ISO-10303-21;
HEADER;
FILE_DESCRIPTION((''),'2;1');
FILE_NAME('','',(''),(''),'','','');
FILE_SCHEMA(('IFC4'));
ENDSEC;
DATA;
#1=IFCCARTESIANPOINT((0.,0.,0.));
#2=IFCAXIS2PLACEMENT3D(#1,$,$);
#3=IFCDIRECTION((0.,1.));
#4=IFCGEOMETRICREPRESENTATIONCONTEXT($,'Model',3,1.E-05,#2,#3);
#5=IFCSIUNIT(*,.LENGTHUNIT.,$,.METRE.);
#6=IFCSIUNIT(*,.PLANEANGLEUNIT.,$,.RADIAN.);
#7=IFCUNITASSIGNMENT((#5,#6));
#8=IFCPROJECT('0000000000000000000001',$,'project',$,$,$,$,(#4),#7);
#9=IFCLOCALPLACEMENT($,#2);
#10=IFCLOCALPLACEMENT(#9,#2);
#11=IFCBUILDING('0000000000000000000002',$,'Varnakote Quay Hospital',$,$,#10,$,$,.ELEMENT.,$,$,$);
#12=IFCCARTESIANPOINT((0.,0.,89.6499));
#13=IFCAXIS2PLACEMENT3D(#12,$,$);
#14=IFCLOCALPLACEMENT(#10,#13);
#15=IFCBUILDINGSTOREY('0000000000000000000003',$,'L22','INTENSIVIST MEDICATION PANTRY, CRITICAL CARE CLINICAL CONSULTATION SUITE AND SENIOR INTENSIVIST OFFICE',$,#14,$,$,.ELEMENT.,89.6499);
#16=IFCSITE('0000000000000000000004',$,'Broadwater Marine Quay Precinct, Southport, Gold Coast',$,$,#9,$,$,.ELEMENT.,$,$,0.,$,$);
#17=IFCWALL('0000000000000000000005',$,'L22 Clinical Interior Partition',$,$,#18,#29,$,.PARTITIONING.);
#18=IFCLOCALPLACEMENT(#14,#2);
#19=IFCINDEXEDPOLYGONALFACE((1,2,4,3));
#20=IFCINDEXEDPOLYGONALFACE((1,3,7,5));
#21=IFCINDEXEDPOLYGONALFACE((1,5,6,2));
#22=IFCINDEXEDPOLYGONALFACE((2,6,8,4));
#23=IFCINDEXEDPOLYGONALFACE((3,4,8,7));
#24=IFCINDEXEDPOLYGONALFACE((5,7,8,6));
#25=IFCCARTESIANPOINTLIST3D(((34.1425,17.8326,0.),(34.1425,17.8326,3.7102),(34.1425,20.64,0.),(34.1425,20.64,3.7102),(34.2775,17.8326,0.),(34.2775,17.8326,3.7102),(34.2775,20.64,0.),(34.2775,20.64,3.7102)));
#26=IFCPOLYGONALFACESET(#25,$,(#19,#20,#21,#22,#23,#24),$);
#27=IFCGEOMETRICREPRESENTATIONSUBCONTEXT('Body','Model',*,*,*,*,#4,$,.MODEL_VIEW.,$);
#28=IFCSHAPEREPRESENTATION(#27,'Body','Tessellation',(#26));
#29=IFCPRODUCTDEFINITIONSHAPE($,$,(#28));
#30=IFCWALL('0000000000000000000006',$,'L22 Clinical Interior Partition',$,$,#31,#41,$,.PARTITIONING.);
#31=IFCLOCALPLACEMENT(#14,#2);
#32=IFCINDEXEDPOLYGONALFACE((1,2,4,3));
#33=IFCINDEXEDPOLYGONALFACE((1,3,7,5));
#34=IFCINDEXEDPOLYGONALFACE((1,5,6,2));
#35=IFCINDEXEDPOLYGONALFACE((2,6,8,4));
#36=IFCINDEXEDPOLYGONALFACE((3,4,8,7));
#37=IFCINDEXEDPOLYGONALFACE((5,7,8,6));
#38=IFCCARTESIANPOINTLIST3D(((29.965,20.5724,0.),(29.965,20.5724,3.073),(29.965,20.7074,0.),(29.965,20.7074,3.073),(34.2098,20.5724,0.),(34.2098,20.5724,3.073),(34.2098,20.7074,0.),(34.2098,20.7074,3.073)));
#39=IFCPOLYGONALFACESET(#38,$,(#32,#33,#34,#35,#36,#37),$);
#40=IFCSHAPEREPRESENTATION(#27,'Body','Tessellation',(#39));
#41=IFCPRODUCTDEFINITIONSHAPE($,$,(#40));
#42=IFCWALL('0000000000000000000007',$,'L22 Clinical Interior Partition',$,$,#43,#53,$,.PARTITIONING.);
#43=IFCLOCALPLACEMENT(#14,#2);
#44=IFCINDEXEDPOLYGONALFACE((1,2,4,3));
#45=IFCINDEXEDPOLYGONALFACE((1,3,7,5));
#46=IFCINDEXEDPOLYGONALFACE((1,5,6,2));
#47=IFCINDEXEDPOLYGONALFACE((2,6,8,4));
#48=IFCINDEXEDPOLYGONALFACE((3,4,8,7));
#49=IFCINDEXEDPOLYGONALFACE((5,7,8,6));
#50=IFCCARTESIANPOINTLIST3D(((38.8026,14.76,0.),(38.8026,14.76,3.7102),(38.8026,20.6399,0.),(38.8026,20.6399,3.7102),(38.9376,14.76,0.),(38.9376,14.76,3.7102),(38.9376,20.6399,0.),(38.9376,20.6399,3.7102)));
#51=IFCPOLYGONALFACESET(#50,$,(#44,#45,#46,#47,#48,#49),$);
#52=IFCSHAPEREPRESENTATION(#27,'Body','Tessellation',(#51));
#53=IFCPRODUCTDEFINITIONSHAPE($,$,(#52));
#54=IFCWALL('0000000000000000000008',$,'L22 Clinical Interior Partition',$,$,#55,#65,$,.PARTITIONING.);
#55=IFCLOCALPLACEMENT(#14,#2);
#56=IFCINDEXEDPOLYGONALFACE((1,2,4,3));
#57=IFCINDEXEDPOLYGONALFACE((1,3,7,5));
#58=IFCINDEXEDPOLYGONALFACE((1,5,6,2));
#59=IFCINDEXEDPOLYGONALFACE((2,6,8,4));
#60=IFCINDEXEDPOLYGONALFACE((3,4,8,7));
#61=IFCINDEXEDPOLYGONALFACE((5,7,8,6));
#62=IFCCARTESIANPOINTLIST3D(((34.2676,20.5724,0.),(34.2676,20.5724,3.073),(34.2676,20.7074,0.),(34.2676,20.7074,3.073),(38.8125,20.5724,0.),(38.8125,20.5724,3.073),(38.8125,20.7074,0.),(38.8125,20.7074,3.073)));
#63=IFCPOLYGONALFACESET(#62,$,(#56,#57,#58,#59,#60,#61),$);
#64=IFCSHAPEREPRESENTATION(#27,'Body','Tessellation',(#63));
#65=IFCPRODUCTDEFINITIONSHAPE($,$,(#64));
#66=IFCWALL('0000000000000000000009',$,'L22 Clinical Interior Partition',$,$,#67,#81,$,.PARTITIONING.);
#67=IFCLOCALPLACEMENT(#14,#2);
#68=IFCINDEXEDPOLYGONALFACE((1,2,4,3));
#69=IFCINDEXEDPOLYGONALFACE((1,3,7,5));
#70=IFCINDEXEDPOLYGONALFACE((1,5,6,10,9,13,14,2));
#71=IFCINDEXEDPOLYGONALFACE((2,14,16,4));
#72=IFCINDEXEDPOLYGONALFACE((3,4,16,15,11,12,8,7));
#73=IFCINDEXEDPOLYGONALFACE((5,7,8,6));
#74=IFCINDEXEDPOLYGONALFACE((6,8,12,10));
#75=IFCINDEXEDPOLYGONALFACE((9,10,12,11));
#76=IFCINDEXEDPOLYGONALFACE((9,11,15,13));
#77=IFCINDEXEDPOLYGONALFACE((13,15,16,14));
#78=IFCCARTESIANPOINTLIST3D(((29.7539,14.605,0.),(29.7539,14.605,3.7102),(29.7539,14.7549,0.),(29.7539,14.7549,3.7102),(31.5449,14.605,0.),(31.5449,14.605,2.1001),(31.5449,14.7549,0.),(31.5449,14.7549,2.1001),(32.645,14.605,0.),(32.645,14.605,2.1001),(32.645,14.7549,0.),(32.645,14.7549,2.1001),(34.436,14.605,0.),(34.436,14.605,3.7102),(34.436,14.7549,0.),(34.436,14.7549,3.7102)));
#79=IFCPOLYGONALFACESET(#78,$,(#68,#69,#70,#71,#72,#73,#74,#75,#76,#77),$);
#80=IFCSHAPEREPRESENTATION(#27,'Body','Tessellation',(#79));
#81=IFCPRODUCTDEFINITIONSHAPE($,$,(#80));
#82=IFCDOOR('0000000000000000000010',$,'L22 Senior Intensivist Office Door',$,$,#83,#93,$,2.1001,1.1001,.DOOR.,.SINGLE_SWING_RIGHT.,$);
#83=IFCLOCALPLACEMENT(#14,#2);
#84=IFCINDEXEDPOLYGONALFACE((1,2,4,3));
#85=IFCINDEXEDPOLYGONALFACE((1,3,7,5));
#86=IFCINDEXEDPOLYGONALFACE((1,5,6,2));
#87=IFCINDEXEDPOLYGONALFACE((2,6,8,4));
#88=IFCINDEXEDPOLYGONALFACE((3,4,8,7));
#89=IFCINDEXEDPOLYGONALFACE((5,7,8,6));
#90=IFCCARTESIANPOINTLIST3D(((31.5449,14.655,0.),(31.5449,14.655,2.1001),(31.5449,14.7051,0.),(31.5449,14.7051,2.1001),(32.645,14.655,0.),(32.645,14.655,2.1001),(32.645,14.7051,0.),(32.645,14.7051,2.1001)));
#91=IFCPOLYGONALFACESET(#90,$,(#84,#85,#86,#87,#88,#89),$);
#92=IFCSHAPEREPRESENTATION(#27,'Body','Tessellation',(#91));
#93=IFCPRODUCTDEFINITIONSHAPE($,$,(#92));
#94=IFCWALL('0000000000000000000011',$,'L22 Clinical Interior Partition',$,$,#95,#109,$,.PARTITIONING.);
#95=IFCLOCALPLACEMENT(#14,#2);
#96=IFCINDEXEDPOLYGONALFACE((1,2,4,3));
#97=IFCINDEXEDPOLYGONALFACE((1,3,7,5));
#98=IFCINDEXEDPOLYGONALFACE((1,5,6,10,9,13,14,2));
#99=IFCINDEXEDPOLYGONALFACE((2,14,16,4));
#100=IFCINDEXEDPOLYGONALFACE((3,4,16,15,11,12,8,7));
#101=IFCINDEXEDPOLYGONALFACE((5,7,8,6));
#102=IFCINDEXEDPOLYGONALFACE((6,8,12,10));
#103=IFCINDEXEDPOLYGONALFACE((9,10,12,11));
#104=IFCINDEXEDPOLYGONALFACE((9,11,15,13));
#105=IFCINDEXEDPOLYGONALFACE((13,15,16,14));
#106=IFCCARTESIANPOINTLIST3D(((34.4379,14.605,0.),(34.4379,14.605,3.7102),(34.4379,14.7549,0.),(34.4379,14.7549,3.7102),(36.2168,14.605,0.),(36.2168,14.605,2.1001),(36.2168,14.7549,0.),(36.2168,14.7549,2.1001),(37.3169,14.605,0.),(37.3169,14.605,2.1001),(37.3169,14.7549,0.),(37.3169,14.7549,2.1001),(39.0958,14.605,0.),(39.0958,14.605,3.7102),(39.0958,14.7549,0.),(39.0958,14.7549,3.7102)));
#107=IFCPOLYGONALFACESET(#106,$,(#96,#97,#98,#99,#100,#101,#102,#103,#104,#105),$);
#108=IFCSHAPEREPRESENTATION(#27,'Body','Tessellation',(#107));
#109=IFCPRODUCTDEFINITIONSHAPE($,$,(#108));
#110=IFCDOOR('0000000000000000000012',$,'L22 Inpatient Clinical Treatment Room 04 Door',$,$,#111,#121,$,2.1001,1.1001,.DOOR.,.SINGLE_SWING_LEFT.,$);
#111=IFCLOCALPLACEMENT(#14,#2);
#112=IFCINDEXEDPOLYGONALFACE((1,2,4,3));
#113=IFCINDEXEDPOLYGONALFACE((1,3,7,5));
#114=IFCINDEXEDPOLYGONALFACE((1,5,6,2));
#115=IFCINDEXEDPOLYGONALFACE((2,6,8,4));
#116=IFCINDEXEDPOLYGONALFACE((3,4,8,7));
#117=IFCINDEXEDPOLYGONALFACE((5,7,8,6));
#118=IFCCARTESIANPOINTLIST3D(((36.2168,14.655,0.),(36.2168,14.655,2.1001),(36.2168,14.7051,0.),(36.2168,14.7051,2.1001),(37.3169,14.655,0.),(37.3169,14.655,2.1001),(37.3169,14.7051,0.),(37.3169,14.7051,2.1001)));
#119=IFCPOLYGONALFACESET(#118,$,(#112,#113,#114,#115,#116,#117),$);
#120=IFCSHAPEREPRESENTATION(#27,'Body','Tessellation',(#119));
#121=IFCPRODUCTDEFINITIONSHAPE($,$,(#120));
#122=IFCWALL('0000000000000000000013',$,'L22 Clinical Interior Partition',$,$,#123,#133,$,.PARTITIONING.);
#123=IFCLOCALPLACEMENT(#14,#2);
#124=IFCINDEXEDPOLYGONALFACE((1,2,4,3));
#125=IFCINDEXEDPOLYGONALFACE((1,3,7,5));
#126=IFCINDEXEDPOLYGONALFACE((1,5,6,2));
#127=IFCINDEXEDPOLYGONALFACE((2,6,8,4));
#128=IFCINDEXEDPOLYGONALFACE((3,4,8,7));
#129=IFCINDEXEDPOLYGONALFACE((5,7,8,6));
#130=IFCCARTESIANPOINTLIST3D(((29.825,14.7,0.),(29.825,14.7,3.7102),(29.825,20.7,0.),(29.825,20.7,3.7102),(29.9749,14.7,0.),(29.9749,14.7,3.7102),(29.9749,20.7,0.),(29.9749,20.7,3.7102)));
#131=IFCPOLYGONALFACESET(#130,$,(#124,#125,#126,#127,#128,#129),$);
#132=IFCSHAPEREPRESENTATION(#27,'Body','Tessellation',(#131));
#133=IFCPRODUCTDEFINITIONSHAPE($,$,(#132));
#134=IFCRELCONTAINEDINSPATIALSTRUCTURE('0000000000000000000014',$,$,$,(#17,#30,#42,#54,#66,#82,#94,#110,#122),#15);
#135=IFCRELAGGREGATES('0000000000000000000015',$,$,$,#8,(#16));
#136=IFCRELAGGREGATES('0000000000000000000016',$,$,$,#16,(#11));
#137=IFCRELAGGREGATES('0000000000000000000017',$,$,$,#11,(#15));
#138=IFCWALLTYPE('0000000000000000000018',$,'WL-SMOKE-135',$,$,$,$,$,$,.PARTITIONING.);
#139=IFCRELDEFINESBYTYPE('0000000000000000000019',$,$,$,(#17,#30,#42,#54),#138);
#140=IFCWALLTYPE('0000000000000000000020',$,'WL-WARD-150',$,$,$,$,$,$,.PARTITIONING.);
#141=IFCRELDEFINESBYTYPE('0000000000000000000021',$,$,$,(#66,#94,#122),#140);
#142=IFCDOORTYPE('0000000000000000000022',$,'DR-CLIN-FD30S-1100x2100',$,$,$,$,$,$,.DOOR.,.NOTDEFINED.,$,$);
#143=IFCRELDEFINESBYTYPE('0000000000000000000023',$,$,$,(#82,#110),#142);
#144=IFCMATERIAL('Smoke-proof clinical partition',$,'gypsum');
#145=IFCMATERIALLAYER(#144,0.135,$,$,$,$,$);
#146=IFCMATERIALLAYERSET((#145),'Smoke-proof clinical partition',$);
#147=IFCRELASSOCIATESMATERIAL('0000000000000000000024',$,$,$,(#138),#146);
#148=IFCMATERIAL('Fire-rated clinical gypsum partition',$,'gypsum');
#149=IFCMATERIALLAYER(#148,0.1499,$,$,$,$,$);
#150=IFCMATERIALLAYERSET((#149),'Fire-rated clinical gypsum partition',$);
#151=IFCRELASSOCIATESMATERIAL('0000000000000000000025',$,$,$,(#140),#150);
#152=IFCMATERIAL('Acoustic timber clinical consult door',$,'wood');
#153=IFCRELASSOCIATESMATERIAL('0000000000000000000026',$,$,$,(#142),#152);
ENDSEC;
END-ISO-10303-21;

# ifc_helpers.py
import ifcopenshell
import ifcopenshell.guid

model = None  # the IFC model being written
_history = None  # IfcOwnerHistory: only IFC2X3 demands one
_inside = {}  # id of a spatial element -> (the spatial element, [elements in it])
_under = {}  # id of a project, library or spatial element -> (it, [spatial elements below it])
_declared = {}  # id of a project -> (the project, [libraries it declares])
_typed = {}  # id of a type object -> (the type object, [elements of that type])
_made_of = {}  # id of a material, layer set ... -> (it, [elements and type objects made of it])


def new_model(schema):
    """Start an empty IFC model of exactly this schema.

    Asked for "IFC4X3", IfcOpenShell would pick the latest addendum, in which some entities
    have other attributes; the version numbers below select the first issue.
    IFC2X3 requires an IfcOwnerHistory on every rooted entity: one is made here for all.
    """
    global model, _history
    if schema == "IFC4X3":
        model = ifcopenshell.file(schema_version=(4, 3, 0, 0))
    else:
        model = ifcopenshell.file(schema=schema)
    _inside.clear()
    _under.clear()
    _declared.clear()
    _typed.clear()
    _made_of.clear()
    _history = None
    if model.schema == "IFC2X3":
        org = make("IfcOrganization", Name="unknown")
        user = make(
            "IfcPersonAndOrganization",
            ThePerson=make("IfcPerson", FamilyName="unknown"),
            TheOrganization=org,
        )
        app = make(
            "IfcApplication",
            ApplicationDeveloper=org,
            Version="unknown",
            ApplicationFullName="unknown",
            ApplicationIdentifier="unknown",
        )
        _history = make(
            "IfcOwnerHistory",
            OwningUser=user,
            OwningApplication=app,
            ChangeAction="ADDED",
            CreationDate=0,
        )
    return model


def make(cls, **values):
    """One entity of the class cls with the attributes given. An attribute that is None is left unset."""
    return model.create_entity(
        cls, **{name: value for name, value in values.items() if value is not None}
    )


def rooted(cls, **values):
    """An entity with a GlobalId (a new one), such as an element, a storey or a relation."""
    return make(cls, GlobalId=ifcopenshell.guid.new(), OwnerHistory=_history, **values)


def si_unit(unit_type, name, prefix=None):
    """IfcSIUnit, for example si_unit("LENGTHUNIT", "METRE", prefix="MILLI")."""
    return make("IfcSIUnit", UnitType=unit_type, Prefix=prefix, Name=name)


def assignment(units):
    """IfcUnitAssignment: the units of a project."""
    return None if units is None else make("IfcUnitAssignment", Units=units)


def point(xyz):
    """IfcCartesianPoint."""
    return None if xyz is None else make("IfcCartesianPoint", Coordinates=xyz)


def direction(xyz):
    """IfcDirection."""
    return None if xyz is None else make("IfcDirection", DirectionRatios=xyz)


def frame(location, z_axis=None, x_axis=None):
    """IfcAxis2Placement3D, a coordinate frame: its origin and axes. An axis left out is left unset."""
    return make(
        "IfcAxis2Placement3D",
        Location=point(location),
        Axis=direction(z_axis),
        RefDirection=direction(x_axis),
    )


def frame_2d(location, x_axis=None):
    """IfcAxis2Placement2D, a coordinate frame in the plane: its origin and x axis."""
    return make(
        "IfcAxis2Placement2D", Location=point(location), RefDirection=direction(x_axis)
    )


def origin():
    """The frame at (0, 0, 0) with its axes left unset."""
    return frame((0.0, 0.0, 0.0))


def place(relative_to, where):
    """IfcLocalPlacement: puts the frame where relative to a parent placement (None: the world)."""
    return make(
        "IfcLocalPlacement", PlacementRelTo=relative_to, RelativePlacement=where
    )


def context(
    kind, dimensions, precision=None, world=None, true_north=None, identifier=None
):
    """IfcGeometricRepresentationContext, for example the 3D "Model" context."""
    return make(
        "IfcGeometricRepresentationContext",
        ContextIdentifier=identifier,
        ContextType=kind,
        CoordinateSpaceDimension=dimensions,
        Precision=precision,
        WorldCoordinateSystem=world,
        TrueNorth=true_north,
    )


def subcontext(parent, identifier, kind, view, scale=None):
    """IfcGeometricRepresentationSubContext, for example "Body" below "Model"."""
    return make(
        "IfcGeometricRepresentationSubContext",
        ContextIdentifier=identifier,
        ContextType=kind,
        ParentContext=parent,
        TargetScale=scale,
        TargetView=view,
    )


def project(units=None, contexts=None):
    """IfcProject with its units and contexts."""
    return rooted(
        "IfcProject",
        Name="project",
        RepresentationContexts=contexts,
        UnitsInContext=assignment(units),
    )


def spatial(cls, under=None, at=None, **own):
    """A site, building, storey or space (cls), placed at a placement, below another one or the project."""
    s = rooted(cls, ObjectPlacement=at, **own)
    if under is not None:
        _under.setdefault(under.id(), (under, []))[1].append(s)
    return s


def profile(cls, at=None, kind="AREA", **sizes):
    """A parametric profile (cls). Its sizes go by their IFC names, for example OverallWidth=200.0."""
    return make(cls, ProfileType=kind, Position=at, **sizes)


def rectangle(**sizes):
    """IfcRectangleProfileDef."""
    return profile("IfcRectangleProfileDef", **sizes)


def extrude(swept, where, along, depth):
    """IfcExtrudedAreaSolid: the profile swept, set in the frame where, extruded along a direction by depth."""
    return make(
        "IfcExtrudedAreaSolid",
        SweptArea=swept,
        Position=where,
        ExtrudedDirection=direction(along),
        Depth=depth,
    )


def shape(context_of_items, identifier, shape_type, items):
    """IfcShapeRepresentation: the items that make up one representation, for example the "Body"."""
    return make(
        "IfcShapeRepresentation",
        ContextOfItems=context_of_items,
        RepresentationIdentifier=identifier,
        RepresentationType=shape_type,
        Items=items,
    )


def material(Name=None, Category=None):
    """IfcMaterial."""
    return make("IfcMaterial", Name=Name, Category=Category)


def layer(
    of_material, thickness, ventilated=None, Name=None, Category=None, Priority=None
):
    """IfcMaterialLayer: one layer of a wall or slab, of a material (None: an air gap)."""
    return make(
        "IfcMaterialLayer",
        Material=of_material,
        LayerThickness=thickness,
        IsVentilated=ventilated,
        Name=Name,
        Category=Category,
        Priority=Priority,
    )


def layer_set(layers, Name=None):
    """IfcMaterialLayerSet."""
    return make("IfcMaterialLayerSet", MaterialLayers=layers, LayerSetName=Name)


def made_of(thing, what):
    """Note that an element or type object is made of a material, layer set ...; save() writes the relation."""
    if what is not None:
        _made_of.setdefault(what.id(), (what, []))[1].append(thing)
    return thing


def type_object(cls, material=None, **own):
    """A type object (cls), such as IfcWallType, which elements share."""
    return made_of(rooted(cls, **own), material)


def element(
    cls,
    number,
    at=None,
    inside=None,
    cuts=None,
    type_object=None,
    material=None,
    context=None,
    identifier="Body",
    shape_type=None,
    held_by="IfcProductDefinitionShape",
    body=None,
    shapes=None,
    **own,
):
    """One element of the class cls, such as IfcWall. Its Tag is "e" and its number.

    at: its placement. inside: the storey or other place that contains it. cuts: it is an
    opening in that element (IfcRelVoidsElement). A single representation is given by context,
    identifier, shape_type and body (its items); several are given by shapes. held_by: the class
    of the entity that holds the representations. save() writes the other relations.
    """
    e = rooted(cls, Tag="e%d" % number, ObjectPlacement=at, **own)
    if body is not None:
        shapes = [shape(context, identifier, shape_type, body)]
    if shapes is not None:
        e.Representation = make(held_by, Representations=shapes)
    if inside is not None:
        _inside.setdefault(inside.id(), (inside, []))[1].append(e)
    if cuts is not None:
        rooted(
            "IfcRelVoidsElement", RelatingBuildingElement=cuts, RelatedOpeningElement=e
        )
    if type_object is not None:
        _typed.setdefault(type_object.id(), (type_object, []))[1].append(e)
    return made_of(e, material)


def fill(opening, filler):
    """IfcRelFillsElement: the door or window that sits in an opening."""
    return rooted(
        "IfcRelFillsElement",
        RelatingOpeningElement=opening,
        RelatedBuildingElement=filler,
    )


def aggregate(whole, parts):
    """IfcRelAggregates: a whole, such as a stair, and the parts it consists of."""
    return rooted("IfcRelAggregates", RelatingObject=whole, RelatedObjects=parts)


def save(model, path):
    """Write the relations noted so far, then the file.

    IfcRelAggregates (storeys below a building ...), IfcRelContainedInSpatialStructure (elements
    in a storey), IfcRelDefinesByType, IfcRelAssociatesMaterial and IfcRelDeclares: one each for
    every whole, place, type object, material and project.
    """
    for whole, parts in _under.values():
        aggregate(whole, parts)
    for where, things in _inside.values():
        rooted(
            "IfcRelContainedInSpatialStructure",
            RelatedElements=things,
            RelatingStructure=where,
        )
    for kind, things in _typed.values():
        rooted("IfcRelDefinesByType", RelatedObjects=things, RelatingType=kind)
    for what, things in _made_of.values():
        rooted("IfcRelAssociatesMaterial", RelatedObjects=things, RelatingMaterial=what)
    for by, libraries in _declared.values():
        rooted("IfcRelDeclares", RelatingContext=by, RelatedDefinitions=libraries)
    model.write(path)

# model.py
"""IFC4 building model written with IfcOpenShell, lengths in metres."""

from ifc_helpers import new_model, si_unit, direction, frame, frame_2d, origin, place, context, subcontext, project, spatial, rectangle, extrude, material, layer, layer_set, type_object, element, fill, save


model = new_model("IFC4")

# Units and contexts
model_context = context("Model", 3, precision=1e-05, world=origin(), true_north=direction((0.0, 1.0)))
body_context = subcontext(model_context, "Body", "Model", "MODEL_VIEW")
ifc_project = project(units=[si_unit("LENGTHUNIT", "METRE"), si_unit("PLANEANGLEUNIT", "RADIAN")], contexts=[model_context])

# Site, building, storey
site_placement = place(None, origin())
site = spatial("IfcSite", under=ifc_project, at=site_placement, Name="Broadwater Marine Quay Precinct, Southport, Gold Coast", CompositionType="ELEMENT", RefElevation=0.0)
building_placement = place(site_placement, origin())
building = spatial("IfcBuilding", under=site, at=building_placement, Name="Varnakote Quay Hospital", CompositionType="ELEMENT")
storey_placement = place(building_placement, frame((0.0, 0.0, 89.6499)))
storey = spatial("IfcBuildingStorey", under=building, at=storey_placement, Name="L22", Description="INTENSIVIST MEDICATION PANTRY, CRITICAL CARE CLINICAL CONSULTATION SUITE AND SENIOR INTENSIVIST OFFICE", CompositionType="ELEMENT", Elevation=89.6499)

# Walls
ifc_material_1 = material(Name="Smoke-proof clinical partition", Category="gypsum")
ifc_layer_1 = layer(ifc_material_1, 0.135)
ifc_layer_set_1 = layer_set([ifc_layer_1], Name="Smoke-proof clinical partition")
wall_type_1 = type_object("IfcWallType", Name="WL-SMOKE-135", PredefinedType="PARTITIONING", material=ifc_layer_set_1)
wall_1_placement = place(storey_placement, frame((34.21, 17.8325, 0.0), z_axis=(0.0, 0.0, 1.0), x_axis=(0.0, 1.0, 0.0)))
element("IfcWall", 1, at=wall_1_placement, inside=storey, type_object=wall_type_1, Name="L22 Clinical Interior Partition", PredefinedType="PARTITIONING", context=body_context, shape_type="SweptSolid", body=[
    extrude(rectangle(XDim=2.8074, YDim=0.135, at=frame_2d((1.4038, 0.0))), origin(), (0.0, 0.0, 1.0), 3.7102),
])
wall_2_placement = place(storey_placement, frame((34.21, 20.6399, 0.0), z_axis=(0.0, 0.0, 1.0), x_axis=(-1.0, 0.0, 0.0)))
element("IfcWall", 2, at=wall_2_placement, inside=storey, type_object=wall_type_1, Name="L22 Clinical Interior Partition", PredefinedType="PARTITIONING", context=body_context, shape_type="SweptSolid", body=[
    extrude(rectangle(XDim=4.2449, YDim=0.135, at=frame_2d((2.1226, 0.0))), origin(), (0.0, 0.0, 1.0), 3.073),
])
wall_3_placement = place(storey_placement, frame((38.8701, 14.76, 0.0), z_axis=(0.0, 0.0, 1.0), x_axis=(0.0, 1.0, 0.0)))
element("IfcWall", 3, at=wall_3_placement, inside=storey, type_object=wall_type_1, Name="L22 Clinical Interior Partition", PredefinedType="PARTITIONING", context=body_context, shape_type="SweptSolid", body=[
    extrude(rectangle(XDim=5.8799, YDim=0.135, at=frame_2d((2.9399, 0.0))), origin(), (0.0, 0.0, 1.0), 3.7102),
])
wall_4_placement = place(storey_placement, frame((38.8125, 20.6399, 0.0), z_axis=(0.0, 0.0, 1.0), x_axis=(-1.0, 0.0, 0.0)))
element("IfcWall", 4, at=wall_4_placement, inside=storey, type_object=wall_type_1, Name="L22 Clinical Interior Partition", PredefinedType="PARTITIONING", context=body_context, shape_type="SweptSolid", body=[
    extrude(rectangle(XDim=4.5449, YDim=0.135, at=frame_2d((2.2725, 0.0))), origin(), (0.0, 0.0, 1.0), 3.073),
])

# Walls, openings, doors
ifc_material_2 = material(Name="Fire-rated clinical gypsum partition", Category="gypsum")
ifc_layer_2 = layer(ifc_material_2, 0.1499)
ifc_layer_set_2 = layer_set([ifc_layer_2], Name="Fire-rated clinical gypsum partition")
wall_type_2 = type_object("IfcWallType", Name="WL-WARD-150", PredefinedType="PARTITIONING", material=ifc_layer_set_2)
wall_5_placement = place(storey_placement, frame((34.436, 14.6799, 0.0), z_axis=(0.0, 0.0, 1.0), x_axis=(-1.0, 0.0, 0.0)))
wall_5 = element("IfcWall", 5, at=wall_5_placement, inside=storey, type_object=wall_type_2, Name="L22 Clinical Interior Partition", PredefinedType="PARTITIONING", context=body_context, shape_type="SweptSolid", body=[
    extrude(rectangle(XDim=4.6821, YDim=0.1499, at=frame_2d((2.3411, 0.0))), origin(), (0.0, 0.0, 1.0), 3.7102),
])
opening_1_placement = place(wall_5_placement, frame((1.791, 0.0, 0.0)))
opening_1 = element("IfcOpeningElement", 6, at=opening_1_placement, cuts=wall_5, PredefinedType="OPENING", context=body_context, shape_type="SweptSolid", body=[
    extrude(rectangle(XDim=1.1001, YDim=2.1001, at=frame_2d((0.55, 1.05))), frame((0.0, 0.085, 0.0), z_axis=(0.0, -1.0, 0.0), x_axis=(1.0, 0.0, 0.0)), (0.0, 0.0, 1.0), 0.1699),
])
ifc_material_3 = material(Name="Acoustic timber clinical consult door", Category="wood")
door_type_1 = type_object("IfcDoorType", Name="DR-CLIN-FD30S-1100x2100", OperationType="NOTDEFINED", PredefinedType="DOOR", material=ifc_material_3)
door_1_placement = place(opening_1_placement, origin())
door_1 = element("IfcDoor", 7, at=door_1_placement, inside=storey, type_object=door_type_1, Name="L22 Senior Intensivist Office Door", OperationType="SINGLE_SWING_RIGHT", OverallHeight=2.1001, OverallWidth=1.1001, PredefinedType="DOOR", context=body_context, shape_type="SweptSolid", body=[
    extrude(rectangle(XDim=1.1001, YDim=2.1001, at=frame_2d((0.55, 1.05))), frame((0.0, 0.0249, 0.0), z_axis=(0.0, -1.0, 0.0), x_axis=(1.0, 0.0, 0.0)), (0.0, 0.0, 1.0), 0.05),
])
fill(opening_1, door_1)
wall_6_placement = place(storey_placement, frame((39.0959, 14.6799, 0.0), z_axis=(0.0, 0.0, 1.0), x_axis=(-1.0, 0.0, 0.0)))
wall_6 = element("IfcWall", 8, at=wall_6_placement, inside=storey, type_object=wall_type_2, Name="L22 Clinical Interior Partition", PredefinedType="PARTITIONING", context=body_context, shape_type="SweptSolid", body=[
    extrude(rectangle(XDim=4.658, YDim=0.1499, at=frame_2d((2.3291, 0.0))), origin(), (0.0, 0.0, 1.0), 3.7102),
])
opening_2_placement = place(wall_6_placement, frame((1.7791, 0.0, 0.0)))
opening_2 = element("IfcOpeningElement", 9, at=opening_2_placement, cuts=wall_6, PredefinedType="OPENING", context=body_context, shape_type="SweptSolid", body=[
    extrude(rectangle(XDim=1.1001, YDim=2.1001, at=frame_2d((0.55, 1.05))), frame((0.0, 0.085, 0.0), z_axis=(0.0, -1.0, 0.0), x_axis=(1.0, 0.0, 0.0)), (0.0, 0.0, 1.0), 0.1699),
])
door_2_placement = place(opening_2_placement, origin())
door_2 = element("IfcDoor", 10, at=door_2_placement, inside=storey, type_object=door_type_1, Name="L22 Inpatient Clinical Treatment Room 04 Door", OperationType="SINGLE_SWING_LEFT", OverallHeight=2.1001, OverallWidth=1.1001, PredefinedType="DOOR", context=body_context, shape_type="SweptSolid", body=[
    extrude(rectangle(XDim=1.1001, YDim=2.1001, at=frame_2d((0.55, 1.05))), frame((0.0, 0.0249, 0.0), z_axis=(0.0, -1.0, 0.0), x_axis=(1.0, 0.0, 0.0)), (0.0, 0.0, 1.0), 0.05),
])
fill(opening_2, door_2)

# Wall
wall_7_placement = place(storey_placement, frame((29.8999, 14.7, 0.0), z_axis=(0.0, 0.0, 1.0), x_axis=(0.0, 1.0, 0.0)))
element("IfcWall", 11, at=wall_7_placement, inside=storey, type_object=wall_type_2, Name="L22 Clinical Interior Partition", PredefinedType="PARTITIONING", context=body_context, shape_type="SweptSolid", body=[
    extrude(rectangle(XDim=6.0, YDim=0.1499, at=frame_2d((3.0, 0.0))), origin(), (0.0, 0.0, 1.0), 3.7102),
])

save(model, "model.ifc")
